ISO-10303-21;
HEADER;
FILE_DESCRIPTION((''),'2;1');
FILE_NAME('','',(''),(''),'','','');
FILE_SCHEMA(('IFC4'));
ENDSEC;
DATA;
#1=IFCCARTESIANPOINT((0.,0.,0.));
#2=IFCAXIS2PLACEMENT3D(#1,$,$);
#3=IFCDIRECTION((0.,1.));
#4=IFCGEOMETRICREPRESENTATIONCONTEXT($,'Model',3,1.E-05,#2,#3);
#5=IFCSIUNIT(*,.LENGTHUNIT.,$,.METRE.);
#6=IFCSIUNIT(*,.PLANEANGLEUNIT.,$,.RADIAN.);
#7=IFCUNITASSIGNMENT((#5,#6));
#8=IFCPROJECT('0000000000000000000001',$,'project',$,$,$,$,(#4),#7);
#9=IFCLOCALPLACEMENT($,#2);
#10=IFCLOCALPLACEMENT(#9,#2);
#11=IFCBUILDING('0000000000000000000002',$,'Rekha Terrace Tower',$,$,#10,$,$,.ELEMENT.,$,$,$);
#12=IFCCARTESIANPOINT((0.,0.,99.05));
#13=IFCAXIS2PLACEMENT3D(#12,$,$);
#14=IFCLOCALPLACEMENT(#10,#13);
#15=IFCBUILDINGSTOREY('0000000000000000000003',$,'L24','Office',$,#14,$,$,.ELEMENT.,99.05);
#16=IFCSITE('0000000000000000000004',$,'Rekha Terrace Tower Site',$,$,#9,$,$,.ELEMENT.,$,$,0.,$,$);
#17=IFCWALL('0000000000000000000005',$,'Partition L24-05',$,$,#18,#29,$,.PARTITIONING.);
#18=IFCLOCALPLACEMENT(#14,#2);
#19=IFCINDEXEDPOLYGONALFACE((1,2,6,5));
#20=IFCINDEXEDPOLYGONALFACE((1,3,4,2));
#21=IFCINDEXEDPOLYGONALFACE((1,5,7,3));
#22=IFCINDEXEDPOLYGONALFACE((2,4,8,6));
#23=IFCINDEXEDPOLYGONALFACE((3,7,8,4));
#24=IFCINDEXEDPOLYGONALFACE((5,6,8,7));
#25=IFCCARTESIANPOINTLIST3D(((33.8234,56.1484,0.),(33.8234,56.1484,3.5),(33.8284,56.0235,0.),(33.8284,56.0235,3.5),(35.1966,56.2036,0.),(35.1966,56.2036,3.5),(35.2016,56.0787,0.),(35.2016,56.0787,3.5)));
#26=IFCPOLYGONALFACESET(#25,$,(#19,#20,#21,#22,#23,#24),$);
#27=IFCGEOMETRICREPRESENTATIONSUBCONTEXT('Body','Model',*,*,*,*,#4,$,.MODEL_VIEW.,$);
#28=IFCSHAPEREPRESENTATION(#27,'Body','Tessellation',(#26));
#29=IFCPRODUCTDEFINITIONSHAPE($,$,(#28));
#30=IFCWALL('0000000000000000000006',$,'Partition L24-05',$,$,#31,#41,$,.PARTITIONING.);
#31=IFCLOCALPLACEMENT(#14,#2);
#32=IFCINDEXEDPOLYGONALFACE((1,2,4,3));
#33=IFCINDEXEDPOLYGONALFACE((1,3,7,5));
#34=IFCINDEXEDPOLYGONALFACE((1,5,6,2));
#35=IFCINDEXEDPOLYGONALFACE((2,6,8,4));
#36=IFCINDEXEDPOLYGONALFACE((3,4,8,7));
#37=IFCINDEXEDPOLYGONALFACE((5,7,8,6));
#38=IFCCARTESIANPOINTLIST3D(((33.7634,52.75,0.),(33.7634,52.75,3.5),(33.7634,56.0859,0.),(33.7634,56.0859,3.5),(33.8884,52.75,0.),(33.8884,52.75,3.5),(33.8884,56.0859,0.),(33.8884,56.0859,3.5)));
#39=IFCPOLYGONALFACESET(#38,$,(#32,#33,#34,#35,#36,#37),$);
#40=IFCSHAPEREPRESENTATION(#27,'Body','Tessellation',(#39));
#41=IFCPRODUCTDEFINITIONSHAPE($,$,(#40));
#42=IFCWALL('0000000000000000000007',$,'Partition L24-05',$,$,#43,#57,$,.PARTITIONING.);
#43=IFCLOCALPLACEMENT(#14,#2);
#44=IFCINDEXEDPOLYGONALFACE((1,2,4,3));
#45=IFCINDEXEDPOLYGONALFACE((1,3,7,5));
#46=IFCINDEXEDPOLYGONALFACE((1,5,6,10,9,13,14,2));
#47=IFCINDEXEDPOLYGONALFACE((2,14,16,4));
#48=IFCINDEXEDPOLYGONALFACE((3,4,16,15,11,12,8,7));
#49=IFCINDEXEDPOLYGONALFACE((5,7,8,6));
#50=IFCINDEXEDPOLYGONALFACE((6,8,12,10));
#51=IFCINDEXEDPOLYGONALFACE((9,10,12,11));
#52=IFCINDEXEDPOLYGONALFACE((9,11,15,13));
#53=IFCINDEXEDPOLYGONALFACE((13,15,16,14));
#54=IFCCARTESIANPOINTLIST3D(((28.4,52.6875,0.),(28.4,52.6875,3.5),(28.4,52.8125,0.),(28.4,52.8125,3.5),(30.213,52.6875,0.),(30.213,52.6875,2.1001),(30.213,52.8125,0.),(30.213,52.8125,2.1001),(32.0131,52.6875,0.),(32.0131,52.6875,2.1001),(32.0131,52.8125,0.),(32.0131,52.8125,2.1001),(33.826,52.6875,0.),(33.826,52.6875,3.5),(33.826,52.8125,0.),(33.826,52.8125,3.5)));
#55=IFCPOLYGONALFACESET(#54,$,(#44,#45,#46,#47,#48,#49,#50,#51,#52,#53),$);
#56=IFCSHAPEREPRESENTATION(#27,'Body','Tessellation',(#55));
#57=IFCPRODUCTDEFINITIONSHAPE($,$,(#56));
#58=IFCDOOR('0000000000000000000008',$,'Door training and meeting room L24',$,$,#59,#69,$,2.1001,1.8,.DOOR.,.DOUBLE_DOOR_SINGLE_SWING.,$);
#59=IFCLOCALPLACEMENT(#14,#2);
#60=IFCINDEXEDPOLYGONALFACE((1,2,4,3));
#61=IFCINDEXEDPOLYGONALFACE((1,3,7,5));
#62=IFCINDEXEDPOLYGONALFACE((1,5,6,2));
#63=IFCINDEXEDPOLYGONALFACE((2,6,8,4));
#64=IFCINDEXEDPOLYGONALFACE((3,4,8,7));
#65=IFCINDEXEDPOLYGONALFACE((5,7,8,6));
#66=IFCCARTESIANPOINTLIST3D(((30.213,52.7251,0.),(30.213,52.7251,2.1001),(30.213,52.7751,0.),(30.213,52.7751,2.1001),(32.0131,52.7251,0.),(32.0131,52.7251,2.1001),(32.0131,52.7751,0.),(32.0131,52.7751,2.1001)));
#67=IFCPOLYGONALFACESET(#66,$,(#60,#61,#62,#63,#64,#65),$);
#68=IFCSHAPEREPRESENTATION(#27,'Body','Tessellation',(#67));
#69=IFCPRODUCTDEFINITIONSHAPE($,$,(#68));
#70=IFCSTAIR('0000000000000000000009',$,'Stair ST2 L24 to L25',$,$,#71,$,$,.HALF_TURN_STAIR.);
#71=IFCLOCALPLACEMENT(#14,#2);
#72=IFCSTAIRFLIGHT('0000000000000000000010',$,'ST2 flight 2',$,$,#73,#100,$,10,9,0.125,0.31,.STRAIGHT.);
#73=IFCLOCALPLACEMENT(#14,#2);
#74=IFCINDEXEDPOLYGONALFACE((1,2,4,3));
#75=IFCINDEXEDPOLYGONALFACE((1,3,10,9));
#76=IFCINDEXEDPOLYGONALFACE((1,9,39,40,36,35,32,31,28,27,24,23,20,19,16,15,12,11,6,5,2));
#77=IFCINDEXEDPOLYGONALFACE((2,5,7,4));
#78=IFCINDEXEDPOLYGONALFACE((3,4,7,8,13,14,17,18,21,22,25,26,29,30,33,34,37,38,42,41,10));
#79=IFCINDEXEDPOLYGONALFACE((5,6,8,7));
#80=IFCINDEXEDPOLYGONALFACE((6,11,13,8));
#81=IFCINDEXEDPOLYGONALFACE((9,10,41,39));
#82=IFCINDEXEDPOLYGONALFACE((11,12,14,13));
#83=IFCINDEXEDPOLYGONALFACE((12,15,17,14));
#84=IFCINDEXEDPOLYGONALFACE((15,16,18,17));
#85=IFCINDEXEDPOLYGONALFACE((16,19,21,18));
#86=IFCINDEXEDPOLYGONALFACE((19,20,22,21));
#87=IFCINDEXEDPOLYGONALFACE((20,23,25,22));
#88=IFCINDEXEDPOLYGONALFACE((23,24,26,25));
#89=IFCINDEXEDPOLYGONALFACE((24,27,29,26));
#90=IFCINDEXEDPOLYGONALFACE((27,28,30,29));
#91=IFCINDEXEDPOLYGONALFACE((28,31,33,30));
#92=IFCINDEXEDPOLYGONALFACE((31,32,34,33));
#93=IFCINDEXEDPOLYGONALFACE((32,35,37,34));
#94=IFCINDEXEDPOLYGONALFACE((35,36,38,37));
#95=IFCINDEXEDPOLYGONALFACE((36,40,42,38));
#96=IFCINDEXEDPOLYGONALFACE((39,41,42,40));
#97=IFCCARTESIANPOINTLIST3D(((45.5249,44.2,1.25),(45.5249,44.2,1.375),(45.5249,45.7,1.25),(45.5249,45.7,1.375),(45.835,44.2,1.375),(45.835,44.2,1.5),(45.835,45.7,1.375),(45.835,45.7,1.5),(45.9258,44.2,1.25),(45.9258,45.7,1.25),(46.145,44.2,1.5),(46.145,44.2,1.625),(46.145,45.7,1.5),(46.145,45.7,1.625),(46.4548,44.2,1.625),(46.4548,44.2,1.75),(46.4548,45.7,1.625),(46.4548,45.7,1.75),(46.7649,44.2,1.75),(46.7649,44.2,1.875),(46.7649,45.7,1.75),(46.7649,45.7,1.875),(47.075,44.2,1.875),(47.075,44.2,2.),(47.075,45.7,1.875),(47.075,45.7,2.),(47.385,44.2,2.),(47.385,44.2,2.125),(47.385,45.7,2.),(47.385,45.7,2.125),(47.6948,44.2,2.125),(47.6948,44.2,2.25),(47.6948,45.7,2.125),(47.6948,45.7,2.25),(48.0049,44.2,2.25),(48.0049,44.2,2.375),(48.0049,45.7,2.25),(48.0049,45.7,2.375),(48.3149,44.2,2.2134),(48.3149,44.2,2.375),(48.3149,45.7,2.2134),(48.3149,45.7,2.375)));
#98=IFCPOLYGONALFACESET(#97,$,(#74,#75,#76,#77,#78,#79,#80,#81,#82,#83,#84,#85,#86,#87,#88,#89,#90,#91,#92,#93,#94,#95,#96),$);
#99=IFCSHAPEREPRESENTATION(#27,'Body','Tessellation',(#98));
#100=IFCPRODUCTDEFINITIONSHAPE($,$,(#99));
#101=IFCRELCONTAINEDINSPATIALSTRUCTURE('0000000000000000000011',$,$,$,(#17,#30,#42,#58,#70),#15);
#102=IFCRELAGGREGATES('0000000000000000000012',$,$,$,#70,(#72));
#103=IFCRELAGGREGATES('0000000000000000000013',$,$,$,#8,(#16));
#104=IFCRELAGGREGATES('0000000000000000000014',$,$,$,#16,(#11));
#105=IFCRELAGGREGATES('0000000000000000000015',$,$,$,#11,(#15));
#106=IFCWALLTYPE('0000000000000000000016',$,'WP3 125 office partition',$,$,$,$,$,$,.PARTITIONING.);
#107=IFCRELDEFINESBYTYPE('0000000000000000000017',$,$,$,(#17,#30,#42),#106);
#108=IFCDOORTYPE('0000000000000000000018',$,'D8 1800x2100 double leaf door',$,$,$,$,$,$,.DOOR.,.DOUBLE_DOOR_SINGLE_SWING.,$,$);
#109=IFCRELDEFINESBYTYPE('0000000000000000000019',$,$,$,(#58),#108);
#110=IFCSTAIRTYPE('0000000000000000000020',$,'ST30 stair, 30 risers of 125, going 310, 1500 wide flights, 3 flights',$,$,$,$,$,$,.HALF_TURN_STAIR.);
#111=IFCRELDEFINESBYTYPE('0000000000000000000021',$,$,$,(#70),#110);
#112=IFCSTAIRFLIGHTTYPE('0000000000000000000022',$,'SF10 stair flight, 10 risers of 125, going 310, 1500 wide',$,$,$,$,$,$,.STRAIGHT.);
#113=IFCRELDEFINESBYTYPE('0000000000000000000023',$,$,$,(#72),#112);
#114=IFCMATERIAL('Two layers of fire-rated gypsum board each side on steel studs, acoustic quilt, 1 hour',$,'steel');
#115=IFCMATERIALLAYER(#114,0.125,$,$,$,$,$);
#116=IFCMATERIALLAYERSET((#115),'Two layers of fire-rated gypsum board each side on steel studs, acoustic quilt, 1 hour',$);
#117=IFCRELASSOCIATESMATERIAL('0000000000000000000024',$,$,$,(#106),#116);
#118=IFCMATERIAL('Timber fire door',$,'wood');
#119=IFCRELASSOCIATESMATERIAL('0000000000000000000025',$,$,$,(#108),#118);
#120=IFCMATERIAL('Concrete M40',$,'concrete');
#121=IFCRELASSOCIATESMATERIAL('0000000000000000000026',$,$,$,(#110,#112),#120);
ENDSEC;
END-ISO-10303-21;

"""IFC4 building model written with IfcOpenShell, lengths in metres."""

from ifc_helpers import new_model, si_unit, direction, frame, frame_2d, origin, place, context, subcontext, project, spatial, polyline, rectangle, outline, extrude, material, layer, layer_set, type_object, element, fill, aggregate, save


model = new_model("IFC4")

# Units and contexts
model_context = context("Model", 3, precision=1e-05, world=origin(), true_north=direction((0.0, 1.0)))
body_context = subcontext(model_context, "Body", "Model", "MODEL_VIEW")
ifc_project = project(units=[si_unit("LENGTHUNIT", "METRE"), si_unit("PLANEANGLEUNIT", "RADIAN")], contexts=[model_context])

# Site, building, storey
site_placement = place(None, origin())
site = spatial("IfcSite", under=ifc_project, at=site_placement, Name="Rekha Terrace Tower Site", CompositionType="ELEMENT", RefElevation=0.0)
building_placement = place(site_placement, origin())
building = spatial("IfcBuilding", under=site, at=building_placement, Name="Rekha Terrace Tower", CompositionType="ELEMENT")
storey_placement = place(building_placement, frame((0.0, 0.0, 99.05)))
storey = spatial("IfcBuildingStorey", under=building, at=storey_placement, Name="L24", Description="Office", CompositionType="ELEMENT", Elevation=99.05)

# Shared definitions
ifc_material_1 = material(Name="Two layers of fire-rated gypsum board each side on steel studs, acoustic quilt, 1 hour", Category="steel")
ifc_layer_1 = layer(ifc_material_1, 0.125)
ifc_layer_set_1 = layer_set([ifc_layer_1], Name="Two layers of fire-rated gypsum board each side on steel studs, acoustic quilt, 1 hour")
wall_type_1 = type_object("IfcWallType", Name="WP3 125 office partition", PredefinedType="PARTITIONING", material=ifc_layer_set_1)

# Shared definitions
ifc_material_2 = material(Name="Timber fire door", Category="wood")
door_type_1 = type_object("IfcDoorType", Name="D8 1800x2100 double leaf door", OperationType="DOUBLE_DOOR_SINGLE_SWING", PredefinedType="DOOR", material=ifc_material_2)

# Walls
wall_1_placement = place(storey_placement, frame((35.199, 56.1411, 0.0), z_axis=(0.0, 0.0, 1.0), x_axis=(-0.999194, -0.040153, 0.0)))
element("IfcWall", 1, at=wall_1_placement, inside=storey, type_object=wall_type_1, Name="Partition L24-05", PredefinedType="PARTITIONING", context=body_context, shape_type="SweptSolid", body=[
    extrude(rectangle(XDim=1.3743, YDim=0.125, at=frame_2d((0.687, 0.0))), origin(), (0.0, 0.0, 1.0), 3.5),
])
wall_2_placement = place(storey_placement, frame((33.8259, 56.0859, 0.0), z_axis=(0.0, 0.0, 1.0), x_axis=(0.0, -1.0, 0.0)))
element("IfcWall", 2, at=wall_2_placement, inside=storey, type_object=wall_type_1, Name="Partition L24-05", PredefinedType="PARTITIONING", context=body_context, shape_type="SweptSolid", body=[
    extrude(rectangle(XDim=3.3359, YDim=0.125, at=frame_2d((1.668, 0.0))), origin(), (0.0, 0.0, 1.0), 3.5),
])

# Wall, opening, door
wall_3_placement = place(storey_placement, frame((33.8259, 52.75, 0.0), z_axis=(0.0, 0.0, 1.0), x_axis=(-1.0, 0.0, 0.0)))
wall_3 = element("IfcWall", 3, at=wall_3_placement, inside=storey, type_object=wall_type_1, Name="Partition L24-05", PredefinedType="PARTITIONING", context=body_context, shape_type="SweptSolid", body=[
    extrude(rectangle(XDim=5.426, YDim=0.125, at=frame_2d((2.7129, 0.0))), origin(), (0.0, 0.0, 1.0), 3.5),
])
opening_1_placement = place(wall_3_placement, frame((1.813, 0.0, 0.0)))
opening_1 = element("IfcOpeningElement", 4, at=opening_1_placement, cuts=wall_3, PredefinedType="OPENING", context=body_context, shape_type="SweptSolid", body=[
    extrude(rectangle(XDim=1.8, YDim=2.1001, at=frame_2d((0.8999, 1.05))), frame((0.0, 0.0725, 0.0), z_axis=(0.0, -1.0, 0.0), x_axis=(1.0, 0.0, 0.0)), (0.0, 0.0, 1.0), 0.145),
])
door_1_placement = place(opening_1_placement, origin())
door_1 = element("IfcDoor", 5, at=door_1_placement, inside=storey, type_object=door_type_1, Name="Door training and meeting room L24", OperationType="DOUBLE_DOOR_SINGLE_SWING", OverallHeight=2.1001, OverallWidth=1.8, PredefinedType="DOOR", context=body_context, shape_type="SweptSolid", body=[
    extrude(rectangle(XDim=1.8, YDim=2.1001, at=frame_2d((0.8999, 1.05))), frame((0.0, 0.0249, 0.0), z_axis=(0.0, -1.0, 0.0), x_axis=(1.0, 0.0, 0.0)), (0.0, 0.0, 1.0), 0.05),
])
fill(opening_1, door_1)

# Stair, stair flight
ifc_material_3 = material(Name="Concrete M40", Category="concrete")
stair_type = type_object("IfcStairType", Name="ST30 stair, 30 risers of 125, going 310, 1500 wide flights, 3 flights", PredefinedType="HALF_TURN_STAIR", material=ifc_material_3)
stair_placement = place(storey_placement, origin())
stair = element("IfcStair", 6, at=stair_placement, inside=storey, type_object=stair_type, Name="Stair ST2 L24 to L25", PredefinedType="HALF_TURN_STAIR")
stair_flight_type = type_object("IfcStairFlightType", Name="SF10 stair flight, 10 risers of 125, going 310, 1500 wide", PredefinedType="STRAIGHT", material=ifc_material_3)
stair_flight_placement = place(storey_placement, frame((45.5249, 44.95, 1.25), z_axis=(0.0, 0.0, 1.0), x_axis=(1.0, 0.0, 0.0)))
stair_flight = element("IfcStairFlight", 7, at=stair_flight_placement, type_object=stair_flight_type, Name="ST2 flight 2", NumberOfRisers=10, NumberOfTreads=9, PredefinedType="STRAIGHT", RiserHeight=0.125, TreadLength=0.31, context=body_context, shape_type="SweptSolid", body=[
    extrude(outline(polyline([(0.0, 0.0), (0.0, 0.125), (0.3101, 0.125), (0.3101, 0.25), (0.6201, 0.25), (0.6201, 0.375), (0.9299, 0.375), (0.9299, 0.5), (1.24, 0.5), (1.24, 0.625), (1.55, 0.625), (1.55, 0.75), (1.8601, 0.75), (1.8601, 0.875), (2.1699, 0.875), (2.1699, 1.0), (2.48, 1.0), (2.48, 1.125), (2.79, 1.125), (2.79, 1.25), (2.79, 0.9634), (0.4009, 0.0), (0.0, 0.0)])), frame((0.0, 0.75, 0.0), z_axis=(0.0, -1.0, 0.0), x_axis=(1.0, 0.0, 0.0)), (0.0, 0.0, 1.0), 1.5),
])
aggregate(stair, [stair_flight])

save(model, "model.ifc")
